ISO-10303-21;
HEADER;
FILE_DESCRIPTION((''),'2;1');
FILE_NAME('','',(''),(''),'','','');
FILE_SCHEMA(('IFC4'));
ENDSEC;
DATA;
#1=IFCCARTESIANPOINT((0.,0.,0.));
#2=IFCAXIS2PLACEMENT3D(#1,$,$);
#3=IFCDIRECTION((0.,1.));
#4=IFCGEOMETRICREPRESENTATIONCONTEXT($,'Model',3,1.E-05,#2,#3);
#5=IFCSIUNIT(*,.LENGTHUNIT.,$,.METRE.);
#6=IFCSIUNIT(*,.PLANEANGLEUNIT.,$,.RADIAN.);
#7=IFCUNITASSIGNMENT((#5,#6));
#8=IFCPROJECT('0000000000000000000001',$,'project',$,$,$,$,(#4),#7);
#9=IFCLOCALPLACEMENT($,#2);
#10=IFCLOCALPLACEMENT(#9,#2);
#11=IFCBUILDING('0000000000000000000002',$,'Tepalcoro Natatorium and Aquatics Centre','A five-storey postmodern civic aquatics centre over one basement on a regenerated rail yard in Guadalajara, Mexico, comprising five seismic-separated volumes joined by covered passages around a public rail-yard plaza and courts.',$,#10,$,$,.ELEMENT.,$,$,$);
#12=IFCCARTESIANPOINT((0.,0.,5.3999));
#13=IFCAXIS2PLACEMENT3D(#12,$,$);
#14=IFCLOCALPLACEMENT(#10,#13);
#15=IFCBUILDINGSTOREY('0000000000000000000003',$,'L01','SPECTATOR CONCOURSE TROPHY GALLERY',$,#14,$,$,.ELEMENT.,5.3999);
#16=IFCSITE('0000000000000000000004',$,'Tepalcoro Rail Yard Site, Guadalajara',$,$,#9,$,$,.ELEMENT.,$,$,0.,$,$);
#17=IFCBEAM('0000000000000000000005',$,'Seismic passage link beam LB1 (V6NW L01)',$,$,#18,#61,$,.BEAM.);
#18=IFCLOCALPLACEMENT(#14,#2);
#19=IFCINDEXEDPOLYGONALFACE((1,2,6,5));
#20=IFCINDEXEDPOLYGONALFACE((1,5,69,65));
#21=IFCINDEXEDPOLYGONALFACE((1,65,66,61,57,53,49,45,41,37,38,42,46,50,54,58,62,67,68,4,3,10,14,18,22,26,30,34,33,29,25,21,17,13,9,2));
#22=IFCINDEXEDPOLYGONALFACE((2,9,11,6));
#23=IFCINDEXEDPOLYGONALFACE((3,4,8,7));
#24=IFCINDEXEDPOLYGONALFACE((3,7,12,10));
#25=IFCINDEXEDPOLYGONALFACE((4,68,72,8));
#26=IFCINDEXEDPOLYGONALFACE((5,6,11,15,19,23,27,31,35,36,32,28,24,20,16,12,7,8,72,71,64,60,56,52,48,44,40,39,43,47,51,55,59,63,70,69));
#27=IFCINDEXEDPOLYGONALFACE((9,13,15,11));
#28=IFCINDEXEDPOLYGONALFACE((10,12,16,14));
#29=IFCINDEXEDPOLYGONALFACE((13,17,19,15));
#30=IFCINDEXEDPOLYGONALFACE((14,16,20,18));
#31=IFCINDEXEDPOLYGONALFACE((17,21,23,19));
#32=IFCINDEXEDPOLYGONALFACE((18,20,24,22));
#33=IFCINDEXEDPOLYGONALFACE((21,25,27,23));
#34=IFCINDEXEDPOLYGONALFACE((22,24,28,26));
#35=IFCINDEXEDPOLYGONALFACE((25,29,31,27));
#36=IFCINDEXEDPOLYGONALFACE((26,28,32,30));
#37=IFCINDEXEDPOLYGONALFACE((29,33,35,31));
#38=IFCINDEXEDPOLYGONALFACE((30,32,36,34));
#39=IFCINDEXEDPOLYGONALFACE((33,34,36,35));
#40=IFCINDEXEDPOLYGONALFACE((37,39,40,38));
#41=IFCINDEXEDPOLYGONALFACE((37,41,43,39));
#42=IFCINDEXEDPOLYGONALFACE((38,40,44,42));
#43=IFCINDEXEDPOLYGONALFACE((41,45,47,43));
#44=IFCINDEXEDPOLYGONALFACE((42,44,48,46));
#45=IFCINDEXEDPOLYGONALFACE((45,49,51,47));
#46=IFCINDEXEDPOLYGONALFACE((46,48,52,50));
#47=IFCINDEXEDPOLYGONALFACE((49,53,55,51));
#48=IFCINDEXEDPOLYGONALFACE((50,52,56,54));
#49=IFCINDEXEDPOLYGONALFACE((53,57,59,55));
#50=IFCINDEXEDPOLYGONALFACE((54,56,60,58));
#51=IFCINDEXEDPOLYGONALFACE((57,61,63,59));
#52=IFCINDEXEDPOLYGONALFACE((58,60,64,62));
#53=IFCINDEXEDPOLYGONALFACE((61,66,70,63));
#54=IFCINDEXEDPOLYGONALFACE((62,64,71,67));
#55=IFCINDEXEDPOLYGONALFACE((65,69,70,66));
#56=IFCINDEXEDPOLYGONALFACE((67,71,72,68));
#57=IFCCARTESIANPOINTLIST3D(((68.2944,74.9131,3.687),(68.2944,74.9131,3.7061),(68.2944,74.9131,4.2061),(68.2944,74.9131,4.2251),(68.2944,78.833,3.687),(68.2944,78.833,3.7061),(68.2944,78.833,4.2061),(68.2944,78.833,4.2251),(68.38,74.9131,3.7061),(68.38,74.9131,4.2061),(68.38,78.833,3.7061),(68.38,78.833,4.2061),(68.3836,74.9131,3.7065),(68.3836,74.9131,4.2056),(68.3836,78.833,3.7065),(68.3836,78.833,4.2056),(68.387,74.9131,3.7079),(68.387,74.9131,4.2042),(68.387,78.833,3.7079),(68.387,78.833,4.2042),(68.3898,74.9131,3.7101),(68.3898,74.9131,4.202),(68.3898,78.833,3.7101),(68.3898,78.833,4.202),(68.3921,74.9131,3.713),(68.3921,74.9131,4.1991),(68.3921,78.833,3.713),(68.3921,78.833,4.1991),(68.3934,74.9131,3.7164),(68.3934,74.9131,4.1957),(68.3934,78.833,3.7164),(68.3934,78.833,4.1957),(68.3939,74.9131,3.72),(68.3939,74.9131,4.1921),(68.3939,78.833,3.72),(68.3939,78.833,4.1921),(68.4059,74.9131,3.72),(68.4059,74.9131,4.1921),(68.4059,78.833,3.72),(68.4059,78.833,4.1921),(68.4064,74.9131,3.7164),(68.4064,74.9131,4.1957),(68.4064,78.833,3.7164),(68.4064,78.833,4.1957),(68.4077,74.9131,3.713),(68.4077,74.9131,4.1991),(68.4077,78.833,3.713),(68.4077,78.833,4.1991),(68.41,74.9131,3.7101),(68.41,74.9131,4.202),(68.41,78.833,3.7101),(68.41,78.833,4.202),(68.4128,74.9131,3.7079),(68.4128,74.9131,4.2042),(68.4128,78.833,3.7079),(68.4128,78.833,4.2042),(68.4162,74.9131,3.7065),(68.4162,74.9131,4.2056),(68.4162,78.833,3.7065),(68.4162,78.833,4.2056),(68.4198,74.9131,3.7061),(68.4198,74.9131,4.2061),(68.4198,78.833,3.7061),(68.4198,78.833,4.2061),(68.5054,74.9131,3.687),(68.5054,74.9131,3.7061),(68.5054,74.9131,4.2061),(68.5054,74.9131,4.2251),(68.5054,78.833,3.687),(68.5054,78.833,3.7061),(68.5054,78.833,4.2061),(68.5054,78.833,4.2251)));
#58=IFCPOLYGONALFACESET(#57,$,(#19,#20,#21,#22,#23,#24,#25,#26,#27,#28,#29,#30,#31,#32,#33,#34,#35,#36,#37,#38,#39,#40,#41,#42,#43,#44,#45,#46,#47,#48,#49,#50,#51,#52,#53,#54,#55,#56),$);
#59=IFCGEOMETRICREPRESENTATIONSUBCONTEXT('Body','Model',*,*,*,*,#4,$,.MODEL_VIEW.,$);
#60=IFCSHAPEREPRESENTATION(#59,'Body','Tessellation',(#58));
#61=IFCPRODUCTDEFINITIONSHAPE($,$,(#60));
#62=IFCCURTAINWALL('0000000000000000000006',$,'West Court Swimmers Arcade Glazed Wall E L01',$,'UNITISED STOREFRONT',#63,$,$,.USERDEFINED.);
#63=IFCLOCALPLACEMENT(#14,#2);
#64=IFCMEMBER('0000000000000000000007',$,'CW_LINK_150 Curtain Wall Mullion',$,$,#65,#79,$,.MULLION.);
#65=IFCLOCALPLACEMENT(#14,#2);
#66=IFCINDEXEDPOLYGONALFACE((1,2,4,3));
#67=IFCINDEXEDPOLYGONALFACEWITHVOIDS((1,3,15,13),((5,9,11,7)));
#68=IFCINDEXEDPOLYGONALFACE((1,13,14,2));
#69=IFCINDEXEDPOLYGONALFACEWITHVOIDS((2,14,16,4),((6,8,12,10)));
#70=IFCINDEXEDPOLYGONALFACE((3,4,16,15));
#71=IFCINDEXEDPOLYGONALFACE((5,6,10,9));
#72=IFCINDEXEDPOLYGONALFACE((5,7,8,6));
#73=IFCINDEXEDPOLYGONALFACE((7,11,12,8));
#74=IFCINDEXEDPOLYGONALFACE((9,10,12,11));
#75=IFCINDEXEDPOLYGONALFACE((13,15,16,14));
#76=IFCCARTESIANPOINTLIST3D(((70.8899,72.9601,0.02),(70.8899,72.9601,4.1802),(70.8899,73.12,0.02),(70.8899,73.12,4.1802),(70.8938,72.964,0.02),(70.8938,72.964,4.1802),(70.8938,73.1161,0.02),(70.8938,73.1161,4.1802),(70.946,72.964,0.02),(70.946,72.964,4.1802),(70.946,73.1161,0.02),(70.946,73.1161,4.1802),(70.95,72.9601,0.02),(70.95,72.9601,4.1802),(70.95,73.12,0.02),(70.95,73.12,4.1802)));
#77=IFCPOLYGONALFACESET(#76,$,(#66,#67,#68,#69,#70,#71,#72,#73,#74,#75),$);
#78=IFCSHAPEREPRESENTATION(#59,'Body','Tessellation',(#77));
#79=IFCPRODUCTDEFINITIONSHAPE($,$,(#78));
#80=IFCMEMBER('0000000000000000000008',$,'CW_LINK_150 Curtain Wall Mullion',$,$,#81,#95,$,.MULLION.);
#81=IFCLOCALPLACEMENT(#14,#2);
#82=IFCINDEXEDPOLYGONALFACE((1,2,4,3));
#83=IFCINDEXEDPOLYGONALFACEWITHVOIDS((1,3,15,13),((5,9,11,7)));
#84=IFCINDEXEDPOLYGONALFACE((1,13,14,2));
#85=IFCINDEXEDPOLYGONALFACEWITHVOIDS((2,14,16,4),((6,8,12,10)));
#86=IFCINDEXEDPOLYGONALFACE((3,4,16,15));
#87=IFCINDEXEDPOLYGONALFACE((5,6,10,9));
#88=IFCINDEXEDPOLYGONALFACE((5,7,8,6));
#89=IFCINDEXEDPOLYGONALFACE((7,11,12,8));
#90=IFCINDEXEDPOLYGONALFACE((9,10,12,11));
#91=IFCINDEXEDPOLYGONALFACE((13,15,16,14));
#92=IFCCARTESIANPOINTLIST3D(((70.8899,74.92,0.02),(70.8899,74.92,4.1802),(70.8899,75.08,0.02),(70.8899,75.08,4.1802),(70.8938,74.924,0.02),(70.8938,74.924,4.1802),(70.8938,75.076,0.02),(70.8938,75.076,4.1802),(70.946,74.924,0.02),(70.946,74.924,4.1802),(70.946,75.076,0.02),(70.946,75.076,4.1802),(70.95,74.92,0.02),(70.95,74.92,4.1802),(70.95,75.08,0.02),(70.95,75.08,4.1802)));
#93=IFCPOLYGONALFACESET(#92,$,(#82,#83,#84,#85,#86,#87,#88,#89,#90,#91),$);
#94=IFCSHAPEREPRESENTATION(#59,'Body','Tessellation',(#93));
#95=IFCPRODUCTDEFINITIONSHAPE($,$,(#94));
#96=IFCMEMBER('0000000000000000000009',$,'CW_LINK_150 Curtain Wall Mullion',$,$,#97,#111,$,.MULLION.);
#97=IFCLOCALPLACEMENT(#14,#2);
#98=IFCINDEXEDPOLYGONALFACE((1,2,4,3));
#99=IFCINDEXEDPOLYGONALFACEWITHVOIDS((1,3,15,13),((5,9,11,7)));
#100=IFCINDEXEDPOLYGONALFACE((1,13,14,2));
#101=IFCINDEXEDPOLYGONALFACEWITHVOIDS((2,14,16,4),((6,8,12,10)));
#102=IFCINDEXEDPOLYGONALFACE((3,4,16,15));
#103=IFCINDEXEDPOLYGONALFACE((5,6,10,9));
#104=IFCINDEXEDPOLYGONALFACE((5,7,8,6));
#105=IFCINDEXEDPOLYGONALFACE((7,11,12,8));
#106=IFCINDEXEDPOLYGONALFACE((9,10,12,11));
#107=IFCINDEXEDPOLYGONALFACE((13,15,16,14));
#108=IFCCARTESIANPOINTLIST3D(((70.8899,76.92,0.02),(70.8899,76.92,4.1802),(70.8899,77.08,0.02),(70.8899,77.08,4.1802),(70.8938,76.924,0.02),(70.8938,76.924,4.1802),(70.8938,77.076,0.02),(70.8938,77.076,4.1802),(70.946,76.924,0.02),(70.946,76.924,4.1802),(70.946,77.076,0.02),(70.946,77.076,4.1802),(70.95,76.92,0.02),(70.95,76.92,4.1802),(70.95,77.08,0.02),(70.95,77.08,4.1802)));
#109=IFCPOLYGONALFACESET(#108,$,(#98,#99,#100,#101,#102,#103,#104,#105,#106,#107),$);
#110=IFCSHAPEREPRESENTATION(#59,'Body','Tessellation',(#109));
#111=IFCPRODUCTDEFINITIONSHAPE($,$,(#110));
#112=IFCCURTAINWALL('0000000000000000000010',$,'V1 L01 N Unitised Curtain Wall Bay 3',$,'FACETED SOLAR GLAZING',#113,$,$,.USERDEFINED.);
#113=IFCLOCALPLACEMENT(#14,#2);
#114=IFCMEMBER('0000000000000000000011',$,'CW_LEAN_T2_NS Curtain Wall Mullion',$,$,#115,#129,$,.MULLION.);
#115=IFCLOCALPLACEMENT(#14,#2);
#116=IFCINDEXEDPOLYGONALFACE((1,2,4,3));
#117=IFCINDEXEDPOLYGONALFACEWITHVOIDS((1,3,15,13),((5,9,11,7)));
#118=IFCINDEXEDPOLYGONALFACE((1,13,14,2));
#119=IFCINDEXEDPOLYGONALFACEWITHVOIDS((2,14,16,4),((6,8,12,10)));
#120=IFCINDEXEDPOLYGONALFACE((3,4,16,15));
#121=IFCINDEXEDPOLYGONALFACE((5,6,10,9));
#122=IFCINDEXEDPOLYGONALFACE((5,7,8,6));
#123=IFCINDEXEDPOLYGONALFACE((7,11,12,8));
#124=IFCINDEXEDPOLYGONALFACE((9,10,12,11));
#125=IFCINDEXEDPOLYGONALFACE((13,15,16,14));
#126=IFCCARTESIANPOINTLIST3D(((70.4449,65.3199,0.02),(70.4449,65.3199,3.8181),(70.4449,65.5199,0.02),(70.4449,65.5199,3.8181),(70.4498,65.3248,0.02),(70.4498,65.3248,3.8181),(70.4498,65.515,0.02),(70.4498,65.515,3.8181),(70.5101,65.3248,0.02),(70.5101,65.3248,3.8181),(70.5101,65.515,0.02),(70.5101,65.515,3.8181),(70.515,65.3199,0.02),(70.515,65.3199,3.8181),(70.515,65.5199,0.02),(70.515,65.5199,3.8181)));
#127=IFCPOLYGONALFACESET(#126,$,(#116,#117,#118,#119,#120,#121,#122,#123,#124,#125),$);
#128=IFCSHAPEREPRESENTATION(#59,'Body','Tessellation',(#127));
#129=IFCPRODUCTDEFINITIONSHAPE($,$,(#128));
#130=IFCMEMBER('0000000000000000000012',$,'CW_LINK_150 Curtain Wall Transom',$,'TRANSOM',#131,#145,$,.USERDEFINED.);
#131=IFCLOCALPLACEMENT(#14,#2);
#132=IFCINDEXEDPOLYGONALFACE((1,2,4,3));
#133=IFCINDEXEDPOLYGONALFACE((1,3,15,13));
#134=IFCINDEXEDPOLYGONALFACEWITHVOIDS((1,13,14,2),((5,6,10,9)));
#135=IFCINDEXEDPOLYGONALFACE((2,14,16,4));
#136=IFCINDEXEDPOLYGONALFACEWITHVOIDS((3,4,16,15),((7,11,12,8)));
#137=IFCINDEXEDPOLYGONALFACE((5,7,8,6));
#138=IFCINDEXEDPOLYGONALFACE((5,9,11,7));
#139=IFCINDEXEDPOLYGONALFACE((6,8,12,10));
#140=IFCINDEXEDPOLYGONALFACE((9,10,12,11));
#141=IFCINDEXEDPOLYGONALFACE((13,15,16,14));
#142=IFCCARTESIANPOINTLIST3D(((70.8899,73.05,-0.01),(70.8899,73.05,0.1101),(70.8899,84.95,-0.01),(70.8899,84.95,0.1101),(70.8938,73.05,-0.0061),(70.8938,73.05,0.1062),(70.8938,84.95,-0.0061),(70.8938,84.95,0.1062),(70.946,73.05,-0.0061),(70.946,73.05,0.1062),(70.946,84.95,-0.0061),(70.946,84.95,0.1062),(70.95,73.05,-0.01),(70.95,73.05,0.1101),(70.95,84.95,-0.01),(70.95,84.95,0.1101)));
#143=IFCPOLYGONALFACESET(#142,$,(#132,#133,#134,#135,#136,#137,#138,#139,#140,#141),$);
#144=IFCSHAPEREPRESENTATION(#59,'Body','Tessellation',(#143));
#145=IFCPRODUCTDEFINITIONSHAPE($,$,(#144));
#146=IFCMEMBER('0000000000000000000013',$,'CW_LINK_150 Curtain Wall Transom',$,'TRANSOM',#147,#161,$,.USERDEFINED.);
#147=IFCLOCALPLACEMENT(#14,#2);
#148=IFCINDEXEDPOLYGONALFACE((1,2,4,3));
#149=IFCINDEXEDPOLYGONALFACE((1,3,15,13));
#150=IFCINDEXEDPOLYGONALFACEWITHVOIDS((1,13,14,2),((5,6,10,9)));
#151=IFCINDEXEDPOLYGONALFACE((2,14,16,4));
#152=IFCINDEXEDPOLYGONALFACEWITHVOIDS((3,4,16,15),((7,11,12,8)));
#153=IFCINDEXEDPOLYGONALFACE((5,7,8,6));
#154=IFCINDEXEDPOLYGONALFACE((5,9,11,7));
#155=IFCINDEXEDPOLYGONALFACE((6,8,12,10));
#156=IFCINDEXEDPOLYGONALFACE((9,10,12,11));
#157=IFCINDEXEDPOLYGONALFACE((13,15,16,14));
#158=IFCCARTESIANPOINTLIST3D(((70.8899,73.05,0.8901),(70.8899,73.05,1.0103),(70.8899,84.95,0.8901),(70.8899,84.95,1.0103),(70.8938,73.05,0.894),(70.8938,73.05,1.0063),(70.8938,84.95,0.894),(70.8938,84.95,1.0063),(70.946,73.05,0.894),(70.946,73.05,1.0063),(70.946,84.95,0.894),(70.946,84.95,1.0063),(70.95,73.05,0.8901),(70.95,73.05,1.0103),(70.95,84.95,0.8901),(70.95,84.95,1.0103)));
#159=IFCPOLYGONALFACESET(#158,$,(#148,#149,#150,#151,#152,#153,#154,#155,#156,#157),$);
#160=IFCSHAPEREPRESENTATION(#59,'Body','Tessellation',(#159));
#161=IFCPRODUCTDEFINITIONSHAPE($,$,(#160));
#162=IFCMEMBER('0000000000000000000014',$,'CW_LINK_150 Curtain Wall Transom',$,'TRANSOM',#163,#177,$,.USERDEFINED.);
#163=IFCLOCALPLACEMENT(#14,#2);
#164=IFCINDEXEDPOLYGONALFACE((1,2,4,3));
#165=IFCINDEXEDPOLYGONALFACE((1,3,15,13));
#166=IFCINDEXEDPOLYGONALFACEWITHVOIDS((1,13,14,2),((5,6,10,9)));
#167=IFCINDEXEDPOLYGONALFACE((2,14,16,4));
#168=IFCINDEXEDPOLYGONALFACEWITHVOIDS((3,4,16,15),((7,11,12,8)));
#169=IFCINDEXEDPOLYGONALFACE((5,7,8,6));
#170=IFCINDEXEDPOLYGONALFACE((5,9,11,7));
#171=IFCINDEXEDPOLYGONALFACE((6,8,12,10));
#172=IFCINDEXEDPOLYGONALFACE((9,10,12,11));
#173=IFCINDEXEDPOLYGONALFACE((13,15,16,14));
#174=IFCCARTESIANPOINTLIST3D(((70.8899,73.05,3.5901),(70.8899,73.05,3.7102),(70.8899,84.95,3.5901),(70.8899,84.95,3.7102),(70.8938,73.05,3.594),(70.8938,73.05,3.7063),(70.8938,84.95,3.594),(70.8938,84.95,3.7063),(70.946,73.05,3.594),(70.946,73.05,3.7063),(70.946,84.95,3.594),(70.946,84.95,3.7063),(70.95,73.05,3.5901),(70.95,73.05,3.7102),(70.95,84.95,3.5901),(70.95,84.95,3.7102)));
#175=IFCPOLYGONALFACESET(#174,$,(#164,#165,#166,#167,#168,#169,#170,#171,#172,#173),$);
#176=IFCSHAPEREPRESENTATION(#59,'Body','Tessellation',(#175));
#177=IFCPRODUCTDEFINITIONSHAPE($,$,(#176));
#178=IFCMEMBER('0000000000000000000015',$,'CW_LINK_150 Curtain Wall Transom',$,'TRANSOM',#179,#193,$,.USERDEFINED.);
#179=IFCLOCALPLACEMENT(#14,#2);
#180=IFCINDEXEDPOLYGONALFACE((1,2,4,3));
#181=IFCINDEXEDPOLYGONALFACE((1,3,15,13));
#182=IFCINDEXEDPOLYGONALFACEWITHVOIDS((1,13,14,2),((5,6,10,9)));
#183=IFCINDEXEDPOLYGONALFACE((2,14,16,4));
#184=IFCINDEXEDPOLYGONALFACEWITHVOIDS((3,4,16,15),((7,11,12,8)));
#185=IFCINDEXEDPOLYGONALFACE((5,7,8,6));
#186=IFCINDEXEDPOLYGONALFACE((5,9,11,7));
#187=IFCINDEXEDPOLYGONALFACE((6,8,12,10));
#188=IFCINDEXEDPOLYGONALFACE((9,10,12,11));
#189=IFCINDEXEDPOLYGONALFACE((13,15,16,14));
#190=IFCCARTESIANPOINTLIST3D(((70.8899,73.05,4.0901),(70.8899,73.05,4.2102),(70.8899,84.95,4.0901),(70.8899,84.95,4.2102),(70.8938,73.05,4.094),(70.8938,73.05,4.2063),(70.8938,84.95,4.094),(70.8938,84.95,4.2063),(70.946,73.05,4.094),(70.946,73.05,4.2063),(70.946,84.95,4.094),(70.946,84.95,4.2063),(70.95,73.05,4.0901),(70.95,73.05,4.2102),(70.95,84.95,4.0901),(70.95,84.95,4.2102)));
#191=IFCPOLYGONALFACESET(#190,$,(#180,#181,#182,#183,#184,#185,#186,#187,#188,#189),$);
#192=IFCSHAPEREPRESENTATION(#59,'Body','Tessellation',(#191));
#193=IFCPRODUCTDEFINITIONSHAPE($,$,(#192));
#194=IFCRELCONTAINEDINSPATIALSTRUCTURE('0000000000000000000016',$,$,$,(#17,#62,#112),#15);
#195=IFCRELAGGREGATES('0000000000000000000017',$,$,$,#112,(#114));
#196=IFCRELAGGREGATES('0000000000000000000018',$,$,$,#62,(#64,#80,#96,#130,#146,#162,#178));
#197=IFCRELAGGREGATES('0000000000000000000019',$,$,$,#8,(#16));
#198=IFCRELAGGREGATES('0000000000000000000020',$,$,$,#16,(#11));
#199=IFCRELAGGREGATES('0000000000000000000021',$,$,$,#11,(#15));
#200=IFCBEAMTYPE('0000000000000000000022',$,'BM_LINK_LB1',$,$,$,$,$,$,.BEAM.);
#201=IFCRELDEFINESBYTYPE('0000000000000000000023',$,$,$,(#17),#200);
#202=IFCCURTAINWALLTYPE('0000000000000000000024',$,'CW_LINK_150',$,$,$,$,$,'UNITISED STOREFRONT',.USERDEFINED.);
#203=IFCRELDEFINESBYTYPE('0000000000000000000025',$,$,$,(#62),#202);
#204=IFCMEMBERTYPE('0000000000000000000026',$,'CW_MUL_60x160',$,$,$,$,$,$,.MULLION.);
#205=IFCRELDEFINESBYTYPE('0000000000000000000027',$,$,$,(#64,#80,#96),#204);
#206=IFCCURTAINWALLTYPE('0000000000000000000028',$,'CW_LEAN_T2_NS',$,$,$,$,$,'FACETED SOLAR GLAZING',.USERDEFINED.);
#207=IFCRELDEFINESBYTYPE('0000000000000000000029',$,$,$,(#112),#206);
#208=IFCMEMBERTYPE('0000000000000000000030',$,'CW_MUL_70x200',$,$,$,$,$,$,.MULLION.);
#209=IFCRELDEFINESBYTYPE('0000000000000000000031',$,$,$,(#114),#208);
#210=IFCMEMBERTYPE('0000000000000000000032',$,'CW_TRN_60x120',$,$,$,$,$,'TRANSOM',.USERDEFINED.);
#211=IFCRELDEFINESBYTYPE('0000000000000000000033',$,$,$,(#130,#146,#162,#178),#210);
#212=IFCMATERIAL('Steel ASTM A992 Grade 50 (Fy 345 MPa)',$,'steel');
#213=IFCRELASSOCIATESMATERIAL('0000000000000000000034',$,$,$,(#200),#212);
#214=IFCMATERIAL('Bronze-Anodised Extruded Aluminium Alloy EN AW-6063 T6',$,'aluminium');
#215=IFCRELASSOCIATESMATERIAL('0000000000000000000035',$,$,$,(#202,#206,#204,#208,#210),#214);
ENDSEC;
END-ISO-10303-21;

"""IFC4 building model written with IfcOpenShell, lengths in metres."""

from ifc_helpers import new_model, si_unit, direction, frame, origin, origin_2d, place, context, subcontext, project, spatial, hollow_rectangle, i_section, extrude, material, material_profile, profile_set, type_object, element, aggregate, save


model = new_model("IFC4")

# Units and contexts
model_context = context("Model", 3, precision=1e-05, world=origin(), true_north=direction((0.0, 1.0)))
body_context = subcontext(model_context, "Body", "Model", "MODEL_VIEW")
ifc_project = project(units=[si_unit("LENGTHUNIT", "METRE"), si_unit("PLANEANGLEUNIT", "RADIAN")], contexts=[model_context])

# Site, building, storey
site_placement = place(None, origin())
site = spatial("IfcSite", under=ifc_project, at=site_placement, Name="Tepalcoro Rail Yard Site, Guadalajara", CompositionType="ELEMENT", RefElevation=0.0)
building_placement = place(site_placement, origin())
building = spatial("IfcBuilding", under=site, at=building_placement, Name="Tepalcoro Natatorium and Aquatics Centre", Description="A five-storey postmodern civic aquatics centre over one basement on a regenerated rail yard in Guadalajara, Mexico, comprising five seismic-separated volumes joined by covered passages around a public rail-yard plaza and courts.", CompositionType="ELEMENT")
storey_placement = place(building_placement, frame((0.0, 0.0, 5.3999)))
storey = spatial("IfcBuildingStorey", under=building, at=storey_placement, Name="L01", Description="SPECTATOR CONCOURSE TROPHY GALLERY", CompositionType="ELEMENT", Elevation=5.3999)

# Shared definitions
ifc_material_1 = material(Name="Steel ASTM A992 Grade 50 (Fy 345 MPa)", Category="steel")

# Beam
ifc_material_profile_1 = material_profile(ifc_material_1, i_section(OverallWidth=0.2109, OverallDepth=0.5381, WebThickness=0.012, FlangeThickness=0.019, FilletRadius=0.0139, at=origin_2d()), Name="W21X73")
ifc_profile_set_1 = profile_set([ifc_material_profile_1], Name="Steel ASTM A992 Grade 50 (Fy 345 MPa)")
beam_type_1 = type_object("IfcBeamType", Name="BM_LINK_LB1", PredefinedType="BEAM", material=ifc_profile_set_1)
beam_1_placement = place(storey_placement, frame((68.3999, 74.9131, 3.9561), z_axis=(0.0, 1.0, 0.0), x_axis=(-1.0, 0.0, 0.0)))
element("IfcBeam", 1, at=beam_1_placement, inside=storey, type_object=beam_type_1, Name="Seismic passage link beam LB1 (V6NW L01)", PredefinedType="BEAM", context=body_context, shape_type="SweptSolid", body=[
    extrude(i_section(OverallWidth=0.2109, OverallDepth=0.5381, WebThickness=0.012, FlangeThickness=0.019, FilletRadius=0.0139, at=origin_2d()), origin(), (0.0, 0.0, 1.0), 3.9199),
])

# Curtain wall, members
ifc_material_2 = material(Name="Bronze-Anodised Extruded Aluminium Alloy EN AW-6063 T6", Category="aluminium")
curtain_wall_type_1 = type_object("IfcCurtainWallType", Name="CW_LINK_150", ElementType="UNITISED STOREFRONT", PredefinedType="USERDEFINED", material=ifc_material_2)
curtain_wall_1_placement = place(storey_placement, origin())
curtain_wall_1 = element("IfcCurtainWall", 2, at=curtain_wall_1_placement, inside=storey, type_object=curtain_wall_type_1, Name="West Court Swimmers Arcade Glazed Wall E L01", ObjectType="UNITISED STOREFRONT", PredefinedType="USERDEFINED")
ifc_material_profile_2 = material_profile(ifc_material_2, hollow_rectangle(XDim=0.0601, YDim=0.1599, WallThickness=0.0039, at=origin_2d()), Name="AL60X160X4")
ifc_profile_set_2 = profile_set([ifc_material_profile_2], Name="Bronze-Anodised Extruded Aluminium Alloy EN AW-6063 T6")
member_type_1 = type_object("IfcMemberType", Name="CW_MUL_60x160", PredefinedType="MULLION", material=ifc_profile_set_2)
member_1_placement = place(storey_placement, frame((70.9199, 73.04, 0.02), z_axis=(0.0, 0.0, 1.0), x_axis=(1.0, 0.0, 0.0)))
member_1 = element("IfcMember", 3, at=member_1_placement, type_object=member_type_1, Name="CW_LINK_150 Curtain Wall Mullion", PredefinedType="MULLION", context=body_context, shape_type="SweptSolid", body=[
    extrude(hollow_rectangle(XDim=0.0601, YDim=0.1599, WallThickness=0.0039, at=origin_2d()), origin(), (0.0, 0.0, 1.0), 4.1602),
])
member_2_placement = place(storey_placement, frame((70.9199, 75.0, 0.02), z_axis=(0.0, 0.0, 1.0), x_axis=(1.0, 0.0, 0.0)))
member_2 = element("IfcMember", 4, at=member_2_placement, type_object=member_type_1, Name="CW_LINK_150 Curtain Wall Mullion", PredefinedType="MULLION", context=body_context, shape_type="SweptSolid", body=[
    extrude(hollow_rectangle(XDim=0.0601, YDim=0.1599, WallThickness=0.0039, at=origin_2d()), origin(), (0.0, 0.0, 1.0), 4.1602),
])
member_3_placement = place(storey_placement, frame((70.9199, 77.0, 0.02), z_axis=(0.0, 0.0, 1.0), x_axis=(1.0, 0.0, 0.0)))
member_3 = element("IfcMember", 5, at=member_3_placement, type_object=member_type_1, Name="CW_LINK_150 Curtain Wall Mullion", PredefinedType="MULLION", context=body_context, shape_type="SweptSolid", body=[
    extrude(hollow_rectangle(XDim=0.0601, YDim=0.1599, WallThickness=0.0039, at=origin_2d()), origin(), (0.0, 0.0, 1.0), 4.1602),
])

# Curtain wall, member
curtain_wall_type_2 = type_object("IfcCurtainWallType", Name="CW_LEAN_T2_NS", ElementType="FACETED SOLAR GLAZING", PredefinedType="USERDEFINED", material=ifc_material_2)
curtain_wall_2_placement = place(storey_placement, origin())
curtain_wall_2 = element("IfcCurtainWall", 6, at=curtain_wall_2_placement, inside=storey, type_object=curtain_wall_type_2, Name="V1 L01 N Unitised Curtain Wall Bay 3", ObjectType="FACETED SOLAR GLAZING", PredefinedType="USERDEFINED")
ifc_material_profile_3 = material_profile(ifc_material_2, hollow_rectangle(XDim=0.0701, YDim=0.2, WallThickness=0.0049, at=origin_2d()), Name="AL70X200X5")
ifc_profile_set_3 = profile_set([ifc_material_profile_3], Name="Bronze-Anodised Extruded Aluminium Alloy EN AW-6063 T6")
member_type_2 = type_object("IfcMemberType", Name="CW_MUL_70x200", PredefinedType="MULLION", material=ifc_profile_set_3)
member_4_placement = place(storey_placement, frame((70.48, 65.4199, 0.02), z_axis=(0.0, 0.0, 1.0), x_axis=(1.0, 0.0, 0.0)))
member_4 = element("IfcMember", 7, at=member_4_placement, type_object=member_type_2, Name="CW_LEAN_T2_NS Curtain Wall Mullion", PredefinedType="MULLION", context=body_context, shape_type="SweptSolid", body=[
    extrude(hollow_rectangle(XDim=0.0701, YDim=0.2, WallThickness=0.0049, at=origin_2d()), origin(), (0.0, 0.0, 1.0), 3.7981),
])
aggregate(curtain_wall_2, [member_4])

# Members
ifc_material_profile_4 = material_profile(ifc_material_2, hollow_rectangle(XDim=0.0601, YDim=0.1201, WallThickness=0.0039, at=origin_2d()), Name="AL60X120X4")
ifc_profile_set_4 = profile_set([ifc_material_profile_4], Name="Bronze-Anodised Extruded Aluminium Alloy EN AW-6063 T6")
member_type_3 = type_object("IfcMemberType", Name="CW_TRN_60x120", ElementType="TRANSOM", PredefinedType="USERDEFINED", material=ifc_profile_set_4)
member_5_placement = place(storey_placement, frame((70.9199, 73.05, 0.05), z_axis=(0.0, 1.0, 0.0), x_axis=(-1.0, 0.0, 0.0)))
member_5 = element("IfcMember", 8, at=member_5_placement, type_object=member_type_3, Name="CW_LINK_150 Curtain Wall Transom", ObjectType="TRANSOM", PredefinedType="USERDEFINED", context=body_context, shape_type="SweptSolid", body=[
    extrude(hollow_rectangle(XDim=0.0601, YDim=0.1201, WallThickness=0.0039, at=origin_2d()), origin(), (0.0, 0.0, 1.0), 11.8999),
])
member_6_placement = place(storey_placement, frame((70.9199, 73.05, 0.9502), z_axis=(0.0, 1.0, 0.0), x_axis=(-1.0, 0.0, 0.0)))
member_6 = element("IfcMember", 9, at=member_6_placement, type_object=member_type_3, Name="CW_LINK_150 Curtain Wall Transom", ObjectType="TRANSOM", PredefinedType="USERDEFINED", context=body_context, shape_type="SweptSolid", body=[
    extrude(hollow_rectangle(XDim=0.0601, YDim=0.1201, WallThickness=0.0039, at=origin_2d()), origin(), (0.0, 0.0, 1.0), 11.8999),
])
member_7_placement = place(storey_placement, frame((70.9199, 73.05, 3.6501), z_axis=(0.0, 1.0, 0.0), x_axis=(-1.0, 0.0, 0.0)))
member_7 = element("IfcMember", 10, at=member_7_placement, type_object=member_type_3, Name="CW_LINK_150 Curtain Wall Transom", ObjectType="TRANSOM", PredefinedType="USERDEFINED", context=body_context, shape_type="SweptSolid", body=[
    extrude(hollow_rectangle(XDim=0.0601, YDim=0.1201, WallThickness=0.0039, at=origin_2d()), origin(), (0.0, 0.0, 1.0), 11.8999),
])
member_8_placement = place(storey_placement, frame((70.9199, 73.05, 4.1501), z_axis=(0.0, 1.0, 0.0), x_axis=(-1.0, 0.0, 0.0)))
member_8 = element("IfcMember", 11, at=member_8_placement, type_object=member_type_3, Name="CW_LINK_150 Curtain Wall Transom", ObjectType="TRANSOM", PredefinedType="USERDEFINED", context=body_context, shape_type="SweptSolid", body=[
    extrude(hollow_rectangle(XDim=0.0601, YDim=0.1201, WallThickness=0.0039, at=origin_2d()), origin(), (0.0, 0.0, 1.0), 11.8999),
])

aggregate(curtain_wall_1, [member_1, member_2, member_3, member_5, member_6, member_7, member_8])

save(model, "model.ifc")
